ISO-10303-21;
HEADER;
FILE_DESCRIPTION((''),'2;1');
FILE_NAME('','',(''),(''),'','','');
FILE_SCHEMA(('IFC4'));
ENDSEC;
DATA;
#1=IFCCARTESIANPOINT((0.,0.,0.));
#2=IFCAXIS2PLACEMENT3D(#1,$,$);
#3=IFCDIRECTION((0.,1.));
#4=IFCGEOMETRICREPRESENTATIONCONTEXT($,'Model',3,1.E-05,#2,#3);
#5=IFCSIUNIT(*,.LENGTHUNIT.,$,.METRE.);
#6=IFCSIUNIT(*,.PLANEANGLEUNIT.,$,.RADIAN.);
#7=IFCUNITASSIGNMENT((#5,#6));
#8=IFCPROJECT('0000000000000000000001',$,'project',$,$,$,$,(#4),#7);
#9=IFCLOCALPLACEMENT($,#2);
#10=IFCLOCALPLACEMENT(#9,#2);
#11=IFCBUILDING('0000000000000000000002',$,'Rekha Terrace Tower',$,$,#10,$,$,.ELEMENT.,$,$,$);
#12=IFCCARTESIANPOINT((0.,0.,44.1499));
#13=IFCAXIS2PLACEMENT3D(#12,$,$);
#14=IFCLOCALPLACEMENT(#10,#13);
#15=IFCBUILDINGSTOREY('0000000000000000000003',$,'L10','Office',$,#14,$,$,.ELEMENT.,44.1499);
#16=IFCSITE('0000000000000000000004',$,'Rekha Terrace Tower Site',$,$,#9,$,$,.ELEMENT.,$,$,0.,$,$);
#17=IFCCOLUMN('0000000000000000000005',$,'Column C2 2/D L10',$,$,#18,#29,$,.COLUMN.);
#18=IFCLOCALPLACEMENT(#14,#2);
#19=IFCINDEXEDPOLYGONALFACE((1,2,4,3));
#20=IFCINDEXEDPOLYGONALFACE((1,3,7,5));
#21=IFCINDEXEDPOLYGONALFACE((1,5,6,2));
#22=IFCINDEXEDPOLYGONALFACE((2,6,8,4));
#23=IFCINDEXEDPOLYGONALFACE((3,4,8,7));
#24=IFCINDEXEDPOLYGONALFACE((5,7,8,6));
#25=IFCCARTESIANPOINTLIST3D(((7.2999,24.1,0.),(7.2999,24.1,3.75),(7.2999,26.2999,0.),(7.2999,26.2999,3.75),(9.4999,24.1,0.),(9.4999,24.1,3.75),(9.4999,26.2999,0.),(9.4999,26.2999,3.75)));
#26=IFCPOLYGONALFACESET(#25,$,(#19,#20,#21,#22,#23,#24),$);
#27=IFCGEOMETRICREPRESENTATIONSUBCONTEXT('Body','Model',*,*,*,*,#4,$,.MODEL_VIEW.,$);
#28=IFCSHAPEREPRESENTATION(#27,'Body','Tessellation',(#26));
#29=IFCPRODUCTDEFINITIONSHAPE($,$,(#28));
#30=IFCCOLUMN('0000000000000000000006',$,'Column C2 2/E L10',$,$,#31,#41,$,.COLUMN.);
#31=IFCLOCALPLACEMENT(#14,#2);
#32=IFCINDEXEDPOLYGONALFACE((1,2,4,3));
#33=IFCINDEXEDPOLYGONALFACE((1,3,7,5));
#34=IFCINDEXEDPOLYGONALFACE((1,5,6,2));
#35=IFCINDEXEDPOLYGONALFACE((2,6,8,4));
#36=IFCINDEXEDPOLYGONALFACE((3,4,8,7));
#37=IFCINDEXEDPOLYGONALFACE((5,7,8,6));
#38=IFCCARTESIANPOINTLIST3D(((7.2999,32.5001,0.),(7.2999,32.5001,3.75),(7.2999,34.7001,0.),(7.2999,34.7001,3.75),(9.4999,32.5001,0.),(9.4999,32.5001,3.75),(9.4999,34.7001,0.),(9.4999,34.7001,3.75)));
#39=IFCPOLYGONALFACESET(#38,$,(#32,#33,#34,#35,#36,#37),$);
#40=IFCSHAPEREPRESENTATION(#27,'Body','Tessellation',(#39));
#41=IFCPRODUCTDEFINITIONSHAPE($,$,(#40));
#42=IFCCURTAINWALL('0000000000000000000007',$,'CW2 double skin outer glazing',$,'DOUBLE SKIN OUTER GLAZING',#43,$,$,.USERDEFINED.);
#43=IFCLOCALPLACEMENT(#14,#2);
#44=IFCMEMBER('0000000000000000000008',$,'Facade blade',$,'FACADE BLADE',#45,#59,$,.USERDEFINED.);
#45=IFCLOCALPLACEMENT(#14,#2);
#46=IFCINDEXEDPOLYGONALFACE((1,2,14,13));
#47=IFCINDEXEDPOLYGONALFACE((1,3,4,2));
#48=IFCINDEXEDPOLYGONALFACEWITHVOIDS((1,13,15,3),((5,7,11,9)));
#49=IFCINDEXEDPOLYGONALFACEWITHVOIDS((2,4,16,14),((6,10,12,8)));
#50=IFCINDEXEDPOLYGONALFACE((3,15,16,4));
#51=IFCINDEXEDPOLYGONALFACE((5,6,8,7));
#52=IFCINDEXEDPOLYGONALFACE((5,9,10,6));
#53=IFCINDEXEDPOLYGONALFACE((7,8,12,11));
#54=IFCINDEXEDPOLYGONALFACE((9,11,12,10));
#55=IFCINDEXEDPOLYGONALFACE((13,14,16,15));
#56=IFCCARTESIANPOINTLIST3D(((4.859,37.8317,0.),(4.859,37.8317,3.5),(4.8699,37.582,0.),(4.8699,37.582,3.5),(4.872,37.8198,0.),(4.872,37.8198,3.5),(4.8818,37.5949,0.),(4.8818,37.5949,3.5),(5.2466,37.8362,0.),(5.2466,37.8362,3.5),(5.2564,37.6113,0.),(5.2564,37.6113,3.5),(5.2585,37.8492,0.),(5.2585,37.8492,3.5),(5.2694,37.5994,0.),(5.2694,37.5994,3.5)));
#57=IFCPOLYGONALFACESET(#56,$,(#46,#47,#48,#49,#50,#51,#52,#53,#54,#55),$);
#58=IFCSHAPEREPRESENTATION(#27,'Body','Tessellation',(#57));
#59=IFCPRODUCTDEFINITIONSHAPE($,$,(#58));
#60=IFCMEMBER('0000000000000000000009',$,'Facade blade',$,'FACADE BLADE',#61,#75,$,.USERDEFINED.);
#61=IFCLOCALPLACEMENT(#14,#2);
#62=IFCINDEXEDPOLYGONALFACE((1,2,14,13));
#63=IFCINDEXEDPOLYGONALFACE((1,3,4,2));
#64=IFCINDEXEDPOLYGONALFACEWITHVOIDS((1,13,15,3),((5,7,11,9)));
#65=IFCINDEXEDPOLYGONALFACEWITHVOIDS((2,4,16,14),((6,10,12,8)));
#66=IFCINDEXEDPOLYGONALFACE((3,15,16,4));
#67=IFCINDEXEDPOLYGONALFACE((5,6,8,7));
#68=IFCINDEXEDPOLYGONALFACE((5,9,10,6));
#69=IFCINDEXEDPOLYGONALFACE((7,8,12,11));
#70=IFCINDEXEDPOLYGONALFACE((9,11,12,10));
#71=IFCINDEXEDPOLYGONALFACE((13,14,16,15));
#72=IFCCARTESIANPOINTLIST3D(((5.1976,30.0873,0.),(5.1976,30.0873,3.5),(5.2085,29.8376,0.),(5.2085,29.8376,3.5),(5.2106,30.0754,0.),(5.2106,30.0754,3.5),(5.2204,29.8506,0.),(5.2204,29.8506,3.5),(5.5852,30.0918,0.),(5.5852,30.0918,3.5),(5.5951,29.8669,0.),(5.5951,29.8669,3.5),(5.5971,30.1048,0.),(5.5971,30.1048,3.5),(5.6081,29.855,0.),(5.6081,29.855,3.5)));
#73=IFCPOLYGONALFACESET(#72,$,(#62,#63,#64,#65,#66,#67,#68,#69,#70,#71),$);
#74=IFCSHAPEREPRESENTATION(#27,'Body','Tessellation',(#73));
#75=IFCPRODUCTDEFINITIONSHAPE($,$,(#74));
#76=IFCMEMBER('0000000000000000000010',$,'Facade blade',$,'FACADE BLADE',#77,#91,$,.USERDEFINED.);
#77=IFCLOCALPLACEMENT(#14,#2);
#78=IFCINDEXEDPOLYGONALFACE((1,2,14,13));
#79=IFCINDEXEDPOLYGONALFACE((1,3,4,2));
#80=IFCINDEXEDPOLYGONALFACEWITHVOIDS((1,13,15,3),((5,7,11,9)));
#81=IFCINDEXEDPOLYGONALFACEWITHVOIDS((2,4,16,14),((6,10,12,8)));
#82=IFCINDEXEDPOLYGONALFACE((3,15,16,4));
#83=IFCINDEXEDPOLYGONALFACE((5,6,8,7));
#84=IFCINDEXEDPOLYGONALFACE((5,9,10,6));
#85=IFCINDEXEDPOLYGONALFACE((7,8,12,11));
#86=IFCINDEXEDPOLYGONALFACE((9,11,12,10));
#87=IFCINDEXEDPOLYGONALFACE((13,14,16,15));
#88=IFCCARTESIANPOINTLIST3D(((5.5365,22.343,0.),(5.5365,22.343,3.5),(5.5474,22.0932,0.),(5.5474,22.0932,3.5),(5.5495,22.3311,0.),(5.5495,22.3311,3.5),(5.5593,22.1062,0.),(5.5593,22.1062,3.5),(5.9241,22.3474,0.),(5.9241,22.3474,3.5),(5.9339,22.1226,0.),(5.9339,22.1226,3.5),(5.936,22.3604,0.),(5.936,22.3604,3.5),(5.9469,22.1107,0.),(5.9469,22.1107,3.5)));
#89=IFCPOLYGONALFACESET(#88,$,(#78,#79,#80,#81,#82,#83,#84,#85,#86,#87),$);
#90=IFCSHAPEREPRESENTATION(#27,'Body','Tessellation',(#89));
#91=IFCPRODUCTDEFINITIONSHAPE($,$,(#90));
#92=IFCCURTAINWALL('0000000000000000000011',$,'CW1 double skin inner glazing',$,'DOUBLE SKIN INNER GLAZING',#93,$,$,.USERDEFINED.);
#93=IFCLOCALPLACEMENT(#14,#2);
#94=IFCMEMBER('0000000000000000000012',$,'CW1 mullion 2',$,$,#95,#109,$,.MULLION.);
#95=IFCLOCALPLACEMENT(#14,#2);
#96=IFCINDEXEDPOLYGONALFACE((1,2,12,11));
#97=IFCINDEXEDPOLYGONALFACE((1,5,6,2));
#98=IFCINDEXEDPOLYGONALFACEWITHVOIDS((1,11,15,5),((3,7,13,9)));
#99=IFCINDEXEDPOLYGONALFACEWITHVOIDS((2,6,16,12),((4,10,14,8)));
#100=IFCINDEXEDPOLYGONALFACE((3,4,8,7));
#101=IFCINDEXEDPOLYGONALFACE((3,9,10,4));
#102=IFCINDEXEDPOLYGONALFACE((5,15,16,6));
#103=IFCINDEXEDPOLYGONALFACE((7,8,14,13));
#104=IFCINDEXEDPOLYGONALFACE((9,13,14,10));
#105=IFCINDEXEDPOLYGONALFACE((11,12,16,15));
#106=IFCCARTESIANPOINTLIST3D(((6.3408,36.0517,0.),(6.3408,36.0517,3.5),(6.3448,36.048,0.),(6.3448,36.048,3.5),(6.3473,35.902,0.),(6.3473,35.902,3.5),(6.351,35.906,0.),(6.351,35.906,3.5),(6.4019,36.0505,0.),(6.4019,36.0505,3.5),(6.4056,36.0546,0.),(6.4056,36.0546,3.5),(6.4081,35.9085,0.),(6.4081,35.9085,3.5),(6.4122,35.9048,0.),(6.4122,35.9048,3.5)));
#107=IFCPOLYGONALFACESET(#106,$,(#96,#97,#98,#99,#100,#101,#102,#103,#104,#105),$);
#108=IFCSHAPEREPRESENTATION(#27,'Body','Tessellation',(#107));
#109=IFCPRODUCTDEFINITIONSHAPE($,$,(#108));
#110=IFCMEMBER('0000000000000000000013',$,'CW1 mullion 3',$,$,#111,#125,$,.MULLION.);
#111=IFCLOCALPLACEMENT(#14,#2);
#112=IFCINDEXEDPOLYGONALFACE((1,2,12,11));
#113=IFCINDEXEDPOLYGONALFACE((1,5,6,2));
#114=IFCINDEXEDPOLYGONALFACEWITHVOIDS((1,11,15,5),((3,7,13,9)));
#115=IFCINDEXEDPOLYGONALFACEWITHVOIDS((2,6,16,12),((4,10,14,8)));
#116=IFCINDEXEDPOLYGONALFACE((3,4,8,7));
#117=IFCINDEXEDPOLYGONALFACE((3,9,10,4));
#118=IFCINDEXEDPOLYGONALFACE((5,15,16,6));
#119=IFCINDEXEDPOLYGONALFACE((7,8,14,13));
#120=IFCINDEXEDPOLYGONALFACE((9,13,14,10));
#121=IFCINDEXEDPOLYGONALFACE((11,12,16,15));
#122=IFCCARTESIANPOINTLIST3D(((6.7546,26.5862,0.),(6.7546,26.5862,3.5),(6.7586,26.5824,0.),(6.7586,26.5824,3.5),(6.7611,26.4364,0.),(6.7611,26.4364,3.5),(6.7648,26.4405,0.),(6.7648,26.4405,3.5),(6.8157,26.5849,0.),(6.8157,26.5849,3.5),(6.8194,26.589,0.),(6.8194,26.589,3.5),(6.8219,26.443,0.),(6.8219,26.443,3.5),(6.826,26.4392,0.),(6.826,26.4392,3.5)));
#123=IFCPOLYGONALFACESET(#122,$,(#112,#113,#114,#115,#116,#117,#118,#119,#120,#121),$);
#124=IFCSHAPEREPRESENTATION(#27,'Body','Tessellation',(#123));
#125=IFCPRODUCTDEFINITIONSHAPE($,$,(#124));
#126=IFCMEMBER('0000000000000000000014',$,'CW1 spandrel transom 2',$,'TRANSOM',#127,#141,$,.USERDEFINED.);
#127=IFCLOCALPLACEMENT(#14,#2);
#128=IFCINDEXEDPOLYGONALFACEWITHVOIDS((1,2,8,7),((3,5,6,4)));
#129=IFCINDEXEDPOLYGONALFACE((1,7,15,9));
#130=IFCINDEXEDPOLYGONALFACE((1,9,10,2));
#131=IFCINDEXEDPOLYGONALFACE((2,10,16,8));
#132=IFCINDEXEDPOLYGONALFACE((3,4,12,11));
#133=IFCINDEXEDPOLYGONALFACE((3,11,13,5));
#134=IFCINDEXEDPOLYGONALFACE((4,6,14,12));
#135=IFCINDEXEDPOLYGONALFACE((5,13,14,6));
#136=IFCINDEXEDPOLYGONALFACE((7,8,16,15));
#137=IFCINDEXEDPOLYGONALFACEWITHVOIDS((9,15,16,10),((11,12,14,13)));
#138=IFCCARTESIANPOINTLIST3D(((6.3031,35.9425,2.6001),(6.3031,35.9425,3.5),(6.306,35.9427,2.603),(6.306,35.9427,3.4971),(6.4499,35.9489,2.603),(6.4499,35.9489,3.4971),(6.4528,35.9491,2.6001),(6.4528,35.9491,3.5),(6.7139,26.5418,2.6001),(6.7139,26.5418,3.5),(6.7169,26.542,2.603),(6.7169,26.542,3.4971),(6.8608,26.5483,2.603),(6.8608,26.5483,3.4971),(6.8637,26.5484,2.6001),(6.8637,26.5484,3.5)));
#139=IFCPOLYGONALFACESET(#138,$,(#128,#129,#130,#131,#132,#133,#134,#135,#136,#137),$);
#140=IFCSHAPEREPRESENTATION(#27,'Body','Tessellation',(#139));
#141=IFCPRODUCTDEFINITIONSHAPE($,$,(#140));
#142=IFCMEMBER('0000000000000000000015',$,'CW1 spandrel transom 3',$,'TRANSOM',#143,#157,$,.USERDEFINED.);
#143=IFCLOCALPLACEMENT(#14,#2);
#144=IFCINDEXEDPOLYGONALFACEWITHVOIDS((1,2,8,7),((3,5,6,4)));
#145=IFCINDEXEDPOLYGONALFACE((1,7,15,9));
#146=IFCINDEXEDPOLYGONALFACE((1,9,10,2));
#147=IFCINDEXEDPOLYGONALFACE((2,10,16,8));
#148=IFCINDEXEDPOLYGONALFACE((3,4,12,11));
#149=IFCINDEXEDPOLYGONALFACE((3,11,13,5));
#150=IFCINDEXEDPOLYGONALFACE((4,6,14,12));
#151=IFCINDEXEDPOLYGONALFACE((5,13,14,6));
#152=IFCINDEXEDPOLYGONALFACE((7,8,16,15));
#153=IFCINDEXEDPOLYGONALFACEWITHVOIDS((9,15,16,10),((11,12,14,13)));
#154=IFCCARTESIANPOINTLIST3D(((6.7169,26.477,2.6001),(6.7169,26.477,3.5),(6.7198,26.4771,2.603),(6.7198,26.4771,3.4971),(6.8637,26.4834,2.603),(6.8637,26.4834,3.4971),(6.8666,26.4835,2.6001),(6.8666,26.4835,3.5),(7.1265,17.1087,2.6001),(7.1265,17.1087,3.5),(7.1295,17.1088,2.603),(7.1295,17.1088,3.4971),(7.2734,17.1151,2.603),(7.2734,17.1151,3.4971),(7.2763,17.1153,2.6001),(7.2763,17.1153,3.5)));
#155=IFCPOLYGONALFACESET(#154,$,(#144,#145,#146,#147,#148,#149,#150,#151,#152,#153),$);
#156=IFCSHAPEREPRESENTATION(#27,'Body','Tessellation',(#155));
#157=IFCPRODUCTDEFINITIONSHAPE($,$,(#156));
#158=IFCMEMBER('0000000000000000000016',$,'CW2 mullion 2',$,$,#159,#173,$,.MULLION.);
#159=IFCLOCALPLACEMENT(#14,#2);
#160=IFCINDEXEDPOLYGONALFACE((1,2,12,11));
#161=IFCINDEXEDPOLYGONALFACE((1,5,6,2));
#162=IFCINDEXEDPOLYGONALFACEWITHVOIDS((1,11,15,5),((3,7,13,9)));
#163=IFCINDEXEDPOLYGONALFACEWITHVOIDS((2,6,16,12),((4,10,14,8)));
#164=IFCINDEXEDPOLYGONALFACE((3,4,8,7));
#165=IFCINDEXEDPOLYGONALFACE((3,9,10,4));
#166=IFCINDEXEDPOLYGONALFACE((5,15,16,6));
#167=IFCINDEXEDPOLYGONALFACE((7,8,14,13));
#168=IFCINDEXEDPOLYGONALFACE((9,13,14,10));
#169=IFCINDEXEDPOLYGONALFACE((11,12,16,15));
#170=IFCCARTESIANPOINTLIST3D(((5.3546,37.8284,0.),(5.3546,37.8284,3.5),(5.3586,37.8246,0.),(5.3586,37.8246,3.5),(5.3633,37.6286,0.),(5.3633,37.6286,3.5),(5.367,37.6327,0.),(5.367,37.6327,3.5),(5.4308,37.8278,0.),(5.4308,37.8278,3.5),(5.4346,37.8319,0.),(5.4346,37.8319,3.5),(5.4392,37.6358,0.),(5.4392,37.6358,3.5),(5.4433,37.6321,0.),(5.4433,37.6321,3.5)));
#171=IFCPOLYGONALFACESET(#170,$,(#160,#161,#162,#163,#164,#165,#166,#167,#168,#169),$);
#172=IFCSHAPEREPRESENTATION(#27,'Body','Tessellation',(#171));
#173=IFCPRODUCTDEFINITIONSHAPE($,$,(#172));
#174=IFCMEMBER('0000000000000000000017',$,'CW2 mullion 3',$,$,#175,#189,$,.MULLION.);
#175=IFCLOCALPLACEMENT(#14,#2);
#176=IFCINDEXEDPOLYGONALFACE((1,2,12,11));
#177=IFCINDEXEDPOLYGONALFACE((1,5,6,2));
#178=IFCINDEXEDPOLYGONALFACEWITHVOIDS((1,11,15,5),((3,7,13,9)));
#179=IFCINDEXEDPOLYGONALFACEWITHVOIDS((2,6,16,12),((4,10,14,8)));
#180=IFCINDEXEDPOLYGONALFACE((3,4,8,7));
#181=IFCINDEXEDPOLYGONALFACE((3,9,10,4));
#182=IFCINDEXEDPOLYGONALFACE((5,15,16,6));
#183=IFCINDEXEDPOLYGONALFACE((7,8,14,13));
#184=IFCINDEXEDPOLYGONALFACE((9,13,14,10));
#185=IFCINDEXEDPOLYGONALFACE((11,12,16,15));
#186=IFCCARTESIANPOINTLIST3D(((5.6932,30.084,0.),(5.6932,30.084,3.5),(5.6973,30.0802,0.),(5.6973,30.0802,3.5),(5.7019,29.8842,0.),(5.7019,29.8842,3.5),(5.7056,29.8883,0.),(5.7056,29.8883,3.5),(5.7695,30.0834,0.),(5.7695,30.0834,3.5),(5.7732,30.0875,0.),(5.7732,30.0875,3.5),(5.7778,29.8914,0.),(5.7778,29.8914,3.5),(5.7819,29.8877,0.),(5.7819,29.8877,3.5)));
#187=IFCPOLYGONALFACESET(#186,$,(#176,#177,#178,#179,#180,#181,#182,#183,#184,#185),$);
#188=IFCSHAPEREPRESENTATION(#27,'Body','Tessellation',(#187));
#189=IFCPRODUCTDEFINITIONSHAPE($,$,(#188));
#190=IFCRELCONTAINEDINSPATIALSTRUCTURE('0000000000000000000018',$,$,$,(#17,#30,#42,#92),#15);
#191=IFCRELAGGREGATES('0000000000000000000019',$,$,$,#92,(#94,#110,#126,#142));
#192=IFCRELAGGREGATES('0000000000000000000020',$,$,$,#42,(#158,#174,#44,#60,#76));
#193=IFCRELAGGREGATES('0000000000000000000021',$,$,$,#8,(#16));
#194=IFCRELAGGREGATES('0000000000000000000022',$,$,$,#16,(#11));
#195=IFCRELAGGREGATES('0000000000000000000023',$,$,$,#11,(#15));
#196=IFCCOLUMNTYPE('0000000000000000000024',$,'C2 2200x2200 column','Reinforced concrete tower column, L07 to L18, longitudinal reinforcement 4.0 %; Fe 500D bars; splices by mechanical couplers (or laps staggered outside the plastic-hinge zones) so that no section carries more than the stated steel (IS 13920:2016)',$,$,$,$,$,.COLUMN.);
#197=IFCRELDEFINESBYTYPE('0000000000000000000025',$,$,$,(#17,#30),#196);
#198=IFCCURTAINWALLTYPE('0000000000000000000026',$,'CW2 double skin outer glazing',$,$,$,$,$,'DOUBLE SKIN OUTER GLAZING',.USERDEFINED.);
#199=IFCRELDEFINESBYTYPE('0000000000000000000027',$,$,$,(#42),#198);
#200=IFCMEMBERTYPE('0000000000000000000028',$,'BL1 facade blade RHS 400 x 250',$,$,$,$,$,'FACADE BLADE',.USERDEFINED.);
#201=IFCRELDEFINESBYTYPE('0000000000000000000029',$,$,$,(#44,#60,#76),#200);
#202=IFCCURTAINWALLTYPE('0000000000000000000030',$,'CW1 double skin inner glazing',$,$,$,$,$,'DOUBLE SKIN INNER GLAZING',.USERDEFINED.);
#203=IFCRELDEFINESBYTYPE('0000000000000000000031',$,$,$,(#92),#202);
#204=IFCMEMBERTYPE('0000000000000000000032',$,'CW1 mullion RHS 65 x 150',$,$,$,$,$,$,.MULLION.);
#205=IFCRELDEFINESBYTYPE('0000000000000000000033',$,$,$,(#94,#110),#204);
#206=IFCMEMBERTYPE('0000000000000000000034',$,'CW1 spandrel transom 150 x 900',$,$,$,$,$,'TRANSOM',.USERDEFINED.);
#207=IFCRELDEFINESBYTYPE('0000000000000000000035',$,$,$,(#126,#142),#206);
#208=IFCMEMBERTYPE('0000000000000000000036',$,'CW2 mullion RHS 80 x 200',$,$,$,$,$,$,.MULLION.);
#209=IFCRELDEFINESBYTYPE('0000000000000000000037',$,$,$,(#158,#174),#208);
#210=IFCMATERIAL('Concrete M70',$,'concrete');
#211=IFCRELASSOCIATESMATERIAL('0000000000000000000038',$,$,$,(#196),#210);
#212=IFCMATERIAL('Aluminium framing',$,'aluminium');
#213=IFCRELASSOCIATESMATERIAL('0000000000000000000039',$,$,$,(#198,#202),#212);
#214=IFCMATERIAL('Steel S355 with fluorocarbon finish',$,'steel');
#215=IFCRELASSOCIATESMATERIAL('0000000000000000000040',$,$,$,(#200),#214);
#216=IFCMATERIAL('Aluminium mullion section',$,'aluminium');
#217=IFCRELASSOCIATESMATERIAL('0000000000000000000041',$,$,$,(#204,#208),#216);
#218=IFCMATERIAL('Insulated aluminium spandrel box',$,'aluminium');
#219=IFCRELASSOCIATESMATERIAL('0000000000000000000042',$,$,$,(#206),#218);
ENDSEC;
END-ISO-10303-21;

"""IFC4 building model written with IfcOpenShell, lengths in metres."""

from ifc_helpers import new_model, si_unit, direction, frame, origin, origin_2d, place, context, subcontext, project, spatial, rectangle, hollow_rectangle, extrude, material, material_profile, profile_set, type_object, element, aggregate, save


model = new_model("IFC4")

# Units and contexts
model_context = context("Model", 3, precision=1e-05, world=origin(), true_north=direction((0.0, 1.0)))
body_context = subcontext(model_context, "Body", "Model", "MODEL_VIEW")
ifc_project = project(units=[si_unit("LENGTHUNIT", "METRE"), si_unit("PLANEANGLEUNIT", "RADIAN")], contexts=[model_context])

# Site, building, storey
site_placement = place(None, origin())
site = spatial("IfcSite", under=ifc_project, at=site_placement, Name="Rekha Terrace Tower Site", CompositionType="ELEMENT", RefElevation=0.0)
building_placement = place(site_placement, origin())
building = spatial("IfcBuilding", under=site, at=building_placement, Name="Rekha Terrace Tower", CompositionType="ELEMENT")
storey_placement = place(building_placement, frame((0.0, 0.0, 44.1499)))
storey = spatial("IfcBuildingStorey", under=building, at=storey_placement, Name="L10", Description="Office", CompositionType="ELEMENT", Elevation=44.1499)

# Columns
ifc_material_1 = material(Name="Concrete M70", Category="concrete")
ifc_material_profile_1 = material_profile(ifc_material_1, rectangle(XDim=2.2, YDim=2.2, at=origin_2d()), Name="RC 2200x2200")
ifc_profile_set_1 = profile_set([ifc_material_profile_1], Name="Concrete M70")
column_type = type_object("IfcColumnType", Name="C2 2200x2200 column", Description="Reinforced concrete tower column, L07 to L18, longitudinal reinforcement 4.0 %; Fe 500D bars; splices by mechanical couplers (or laps staggered outside the plastic-hinge zones) so that no section carries more than the stated steel (IS 13920:2016)", PredefinedType="COLUMN", material=ifc_profile_set_1)
for number, where, z_axis, x_axis, name in (
    (1, (8.3999, 25.2, 0.0), (0.0, 0.0, 1.0), (1.0, 0.0, 0.0), "Column C2 2/D L10"),
    (2, (8.3999, 33.6001, 0.0), (0.0, 0.0, 1.0), (1.0, 0.0, 0.0), "Column C2 2/E L10"),
):
    element("IfcColumn", number, at=place(storey_placement, frame(where, z_axis=z_axis, x_axis=x_axis)), inside=storey, type_object=column_type, Name=name, PredefinedType="COLUMN", context=body_context, shape_type="SweptSolid", body=[
        extrude(rectangle(XDim=2.2, YDim=2.2, at=origin_2d()), origin(), (0.0, 0.0, 1.0), 3.75),
    ])

# Curtain walls, members
ifc_material_2 = material(Name="Aluminium framing", Category="aluminium")
curtain_wall_type_1 = type_object("IfcCurtainWallType", Name="CW2 double skin outer glazing", ElementType="DOUBLE SKIN OUTER GLAZING", PredefinedType="USERDEFINED", material=ifc_material_2)
curtain_wall_1_placement = place(storey_placement, origin())
curtain_wall_1 = element("IfcCurtainWall", 3, at=curtain_wall_1_placement, inside=storey, type_object=curtain_wall_type_1, Name="CW2 double skin outer glazing", ObjectType="DOUBLE SKIN OUTER GLAZING", PredefinedType="USERDEFINED")
ifc_material_3 = material(Name="Steel S355 with fluorocarbon finish", Category="steel")
ifc_material_profile_2 = material_profile(ifc_material_3, hollow_rectangle(XDim=0.25, YDim=0.3999, WallThickness=0.0125, at=origin_2d()), Name="RHS400x250x12.5")
ifc_profile_set_2 = profile_set([ifc_material_profile_2], Name="Steel S355 with fluorocarbon finish")
member_type_1 = type_object("IfcMemberType", Name="BL1 facade blade RHS 400 x 250", ElementType="FACADE BLADE", PredefinedType="USERDEFINED", material=ifc_profile_set_2)
member_1_placement = place(storey_placement, frame((5.0642, 37.7156, 0.0), z_axis=(0.0, 0.0, 1.0), x_axis=(0.043682, -0.999045, 0.0)))
member_1 = element("IfcMember", 4, at=member_1_placement, type_object=member_type_1, Name="Facade blade", ObjectType="FACADE BLADE", PredefinedType="USERDEFINED", context=body_context, shape_type="SweptSolid", body=[
    extrude(hollow_rectangle(XDim=0.25, YDim=0.3999, WallThickness=0.0125, at=origin_2d()), origin(), (0.0, 0.0, 1.0), 3.5),
])
member_2_placement = place(storey_placement, frame((5.4028, 29.9712, 0.0), z_axis=(0.0, 0.0, 1.0), x_axis=(0.043682, -0.999045, 0.0)))
member_2 = element("IfcMember", 5, at=member_2_placement, type_object=member_type_1, Name="Facade blade", ObjectType="FACADE BLADE", PredefinedType="USERDEFINED", context=body_context, shape_type="SweptSolid", body=[
    extrude(hollow_rectangle(XDim=0.25, YDim=0.3999, WallThickness=0.0125, at=origin_2d()), origin(), (0.0, 0.0, 1.0), 3.5),
])
member_3_placement = place(storey_placement, frame((5.7417, 22.2268, 0.0), z_axis=(0.0, 0.0, 1.0), x_axis=(0.043682, -0.999045, 0.0)))
member_3 = element("IfcMember", 6, at=member_3_placement, type_object=member_type_1, Name="Facade blade", ObjectType="FACADE BLADE", PredefinedType="USERDEFINED", context=body_context, shape_type="SweptSolid", body=[
    extrude(hollow_rectangle(XDim=0.25, YDim=0.3999, WallThickness=0.0125, at=origin_2d()), origin(), (0.0, 0.0, 1.0), 3.5),
])
curtain_wall_type_2 = type_object("IfcCurtainWallType", Name="CW1 double skin inner glazing", ElementType="DOUBLE SKIN INNER GLAZING", PredefinedType="USERDEFINED", material=ifc_material_2)
curtain_wall_2_placement = place(storey_placement, origin())
curtain_wall_2 = element("IfcCurtainWall", 7, at=curtain_wall_2_placement, inside=storey, type_object=curtain_wall_type_2, Name="CW1 double skin inner glazing", ObjectType="DOUBLE SKIN INNER GLAZING", PredefinedType="USERDEFINED")
ifc_material_4 = material(Name="Aluminium mullion section", Category="aluminium")
ifc_material_profile_3 = material_profile(ifc_material_4, hollow_rectangle(XDim=0.0649, YDim=0.1499, WallThickness=0.0039, at=origin_2d()), Name="AL RHS 65x150")
ifc_profile_set_3 = profile_set([ifc_material_profile_3], Name="Aluminium mullion section")
member_type_2 = type_object("IfcMemberType", Name="CW1 mullion RHS 65 x 150", PredefinedType="MULLION", material=ifc_profile_set_3)
member_4_placement = place(storey_placement, frame((6.3765, 35.9783, 0.0), z_axis=(0.0, 0.0, 1.0), x_axis=(0.999045, 0.043683, 0.0)))
member_4 = element("IfcMember", 8, at=member_4_placement, type_object=member_type_2, Name="CW1 mullion 2", PredefinedType="MULLION", context=body_context, shape_type="SweptSolid", body=[
    extrude(hollow_rectangle(XDim=0.0649, YDim=0.1499, WallThickness=0.0039, at=origin_2d()), origin(), (0.0, 0.0, 1.0), 3.5),
])
member_5_placement = place(storey_placement, frame((6.7903, 26.5127, 0.0), z_axis=(0.0, 0.0, 1.0), x_axis=(0.999045, 0.043683, 0.0)))
member_5 = element("IfcMember", 9, at=member_5_placement, type_object=member_type_2, Name="CW1 mullion 3", PredefinedType="MULLION", context=body_context, shape_type="SweptSolid", body=[
    extrude(hollow_rectangle(XDim=0.0649, YDim=0.1499, WallThickness=0.0039, at=origin_2d()), origin(), (0.0, 0.0, 1.0), 3.5),
])
ifc_material_5 = material(Name="Insulated aluminium spandrel box", Category="aluminium")
ifc_material_profile_4 = material_profile(ifc_material_5, hollow_rectangle(XDim=0.1499, YDim=0.8999, WallThickness=0.0029, at=origin_2d()), Name="AL SPANDREL BOX 150x900")
ifc_profile_set_4 = profile_set([ifc_material_profile_4], Name="Insulated aluminium spandrel box")
member_type_3 = type_object("IfcMemberType", Name="CW1 spandrel transom 150 x 900", ElementType="TRANSOM", PredefinedType="USERDEFINED", material=ifc_profile_set_4)
member_6_placement = place(storey_placement, frame((6.3779, 35.9458, 3.05), z_axis=(0.043667, -0.999046, 0.0), x_axis=(0.999046, 0.043667, 0.0)))
member_6 = element("IfcMember", 10, at=member_6_placement, type_object=member_type_3, Name="CW1 spandrel transom 2", ObjectType="TRANSOM", PredefinedType="USERDEFINED", context=body_context, shape_type="SweptSolid", body=[
    extrude(hollow_rectangle(XDim=0.1499, YDim=0.8999, WallThickness=0.0029, at=origin_2d()), origin(), (0.0, 0.0, 1.0), 9.4097),
])
member_7_placement = place(storey_placement, frame((6.7917, 26.4802, 3.05), z_axis=(0.043688, -0.999045, 0.0), x_axis=(0.999045, 0.043688, 0.0)))
member_7 = element("IfcMember", 11, at=member_7_placement, type_object=member_type_3, Name="CW1 spandrel transom 3", ObjectType="TRANSOM", PredefinedType="USERDEFINED", context=body_context, shape_type="SweptSolid", body=[
    extrude(hollow_rectangle(XDim=0.1499, YDim=0.8999, WallThickness=0.0029, at=origin_2d()), origin(), (0.0, 0.0, 1.0), 9.3772),
])

# Members
ifc_material_profile_5 = material_profile(ifc_material_4, hollow_rectangle(XDim=0.0801, YDim=0.2, WallThickness=0.0039, at=origin_2d()), Name="AL RHS 80x200")
ifc_profile_set_5 = profile_set([ifc_material_profile_5], Name="Aluminium mullion section")
member_type_4 = type_object("IfcMemberType", Name="CW2 mullion RHS 80 x 200", PredefinedType="MULLION", material=ifc_profile_set_5)
member_8_placement = place(storey_placement, frame((5.3989, 37.7302, 0.0), z_axis=(0.0, 0.0, 1.0), x_axis=(0.999045, 0.043683, 0.0)))
member_8 = element("IfcMember", 12, at=member_8_placement, type_object=member_type_4, Name="CW2 mullion 2", PredefinedType="MULLION", context=body_context, shape_type="SweptSolid", body=[
    extrude(hollow_rectangle(XDim=0.0801, YDim=0.2, WallThickness=0.0039, at=origin_2d()), origin(), (0.0, 0.0, 1.0), 3.5),
])
member_9_placement = place(storey_placement, frame((5.7375, 29.9858, 0.0), z_axis=(0.0, 0.0, 1.0), x_axis=(0.999045, 0.043683, 0.0)))
member_9 = element("IfcMember", 13, at=member_9_placement, type_object=member_type_4, Name="CW2 mullion 3", PredefinedType="MULLION", context=body_context, shape_type="SweptSolid", body=[
    extrude(hollow_rectangle(XDim=0.0801, YDim=0.2, WallThickness=0.0039, at=origin_2d()), origin(), (0.0, 0.0, 1.0), 3.5),
])

aggregate(curtain_wall_2, [member_4, member_5, member_6, member_7])
aggregate(curtain_wall_1, [member_8, member_9, member_1, member_2, member_3])

save(model, "model.ifc")
